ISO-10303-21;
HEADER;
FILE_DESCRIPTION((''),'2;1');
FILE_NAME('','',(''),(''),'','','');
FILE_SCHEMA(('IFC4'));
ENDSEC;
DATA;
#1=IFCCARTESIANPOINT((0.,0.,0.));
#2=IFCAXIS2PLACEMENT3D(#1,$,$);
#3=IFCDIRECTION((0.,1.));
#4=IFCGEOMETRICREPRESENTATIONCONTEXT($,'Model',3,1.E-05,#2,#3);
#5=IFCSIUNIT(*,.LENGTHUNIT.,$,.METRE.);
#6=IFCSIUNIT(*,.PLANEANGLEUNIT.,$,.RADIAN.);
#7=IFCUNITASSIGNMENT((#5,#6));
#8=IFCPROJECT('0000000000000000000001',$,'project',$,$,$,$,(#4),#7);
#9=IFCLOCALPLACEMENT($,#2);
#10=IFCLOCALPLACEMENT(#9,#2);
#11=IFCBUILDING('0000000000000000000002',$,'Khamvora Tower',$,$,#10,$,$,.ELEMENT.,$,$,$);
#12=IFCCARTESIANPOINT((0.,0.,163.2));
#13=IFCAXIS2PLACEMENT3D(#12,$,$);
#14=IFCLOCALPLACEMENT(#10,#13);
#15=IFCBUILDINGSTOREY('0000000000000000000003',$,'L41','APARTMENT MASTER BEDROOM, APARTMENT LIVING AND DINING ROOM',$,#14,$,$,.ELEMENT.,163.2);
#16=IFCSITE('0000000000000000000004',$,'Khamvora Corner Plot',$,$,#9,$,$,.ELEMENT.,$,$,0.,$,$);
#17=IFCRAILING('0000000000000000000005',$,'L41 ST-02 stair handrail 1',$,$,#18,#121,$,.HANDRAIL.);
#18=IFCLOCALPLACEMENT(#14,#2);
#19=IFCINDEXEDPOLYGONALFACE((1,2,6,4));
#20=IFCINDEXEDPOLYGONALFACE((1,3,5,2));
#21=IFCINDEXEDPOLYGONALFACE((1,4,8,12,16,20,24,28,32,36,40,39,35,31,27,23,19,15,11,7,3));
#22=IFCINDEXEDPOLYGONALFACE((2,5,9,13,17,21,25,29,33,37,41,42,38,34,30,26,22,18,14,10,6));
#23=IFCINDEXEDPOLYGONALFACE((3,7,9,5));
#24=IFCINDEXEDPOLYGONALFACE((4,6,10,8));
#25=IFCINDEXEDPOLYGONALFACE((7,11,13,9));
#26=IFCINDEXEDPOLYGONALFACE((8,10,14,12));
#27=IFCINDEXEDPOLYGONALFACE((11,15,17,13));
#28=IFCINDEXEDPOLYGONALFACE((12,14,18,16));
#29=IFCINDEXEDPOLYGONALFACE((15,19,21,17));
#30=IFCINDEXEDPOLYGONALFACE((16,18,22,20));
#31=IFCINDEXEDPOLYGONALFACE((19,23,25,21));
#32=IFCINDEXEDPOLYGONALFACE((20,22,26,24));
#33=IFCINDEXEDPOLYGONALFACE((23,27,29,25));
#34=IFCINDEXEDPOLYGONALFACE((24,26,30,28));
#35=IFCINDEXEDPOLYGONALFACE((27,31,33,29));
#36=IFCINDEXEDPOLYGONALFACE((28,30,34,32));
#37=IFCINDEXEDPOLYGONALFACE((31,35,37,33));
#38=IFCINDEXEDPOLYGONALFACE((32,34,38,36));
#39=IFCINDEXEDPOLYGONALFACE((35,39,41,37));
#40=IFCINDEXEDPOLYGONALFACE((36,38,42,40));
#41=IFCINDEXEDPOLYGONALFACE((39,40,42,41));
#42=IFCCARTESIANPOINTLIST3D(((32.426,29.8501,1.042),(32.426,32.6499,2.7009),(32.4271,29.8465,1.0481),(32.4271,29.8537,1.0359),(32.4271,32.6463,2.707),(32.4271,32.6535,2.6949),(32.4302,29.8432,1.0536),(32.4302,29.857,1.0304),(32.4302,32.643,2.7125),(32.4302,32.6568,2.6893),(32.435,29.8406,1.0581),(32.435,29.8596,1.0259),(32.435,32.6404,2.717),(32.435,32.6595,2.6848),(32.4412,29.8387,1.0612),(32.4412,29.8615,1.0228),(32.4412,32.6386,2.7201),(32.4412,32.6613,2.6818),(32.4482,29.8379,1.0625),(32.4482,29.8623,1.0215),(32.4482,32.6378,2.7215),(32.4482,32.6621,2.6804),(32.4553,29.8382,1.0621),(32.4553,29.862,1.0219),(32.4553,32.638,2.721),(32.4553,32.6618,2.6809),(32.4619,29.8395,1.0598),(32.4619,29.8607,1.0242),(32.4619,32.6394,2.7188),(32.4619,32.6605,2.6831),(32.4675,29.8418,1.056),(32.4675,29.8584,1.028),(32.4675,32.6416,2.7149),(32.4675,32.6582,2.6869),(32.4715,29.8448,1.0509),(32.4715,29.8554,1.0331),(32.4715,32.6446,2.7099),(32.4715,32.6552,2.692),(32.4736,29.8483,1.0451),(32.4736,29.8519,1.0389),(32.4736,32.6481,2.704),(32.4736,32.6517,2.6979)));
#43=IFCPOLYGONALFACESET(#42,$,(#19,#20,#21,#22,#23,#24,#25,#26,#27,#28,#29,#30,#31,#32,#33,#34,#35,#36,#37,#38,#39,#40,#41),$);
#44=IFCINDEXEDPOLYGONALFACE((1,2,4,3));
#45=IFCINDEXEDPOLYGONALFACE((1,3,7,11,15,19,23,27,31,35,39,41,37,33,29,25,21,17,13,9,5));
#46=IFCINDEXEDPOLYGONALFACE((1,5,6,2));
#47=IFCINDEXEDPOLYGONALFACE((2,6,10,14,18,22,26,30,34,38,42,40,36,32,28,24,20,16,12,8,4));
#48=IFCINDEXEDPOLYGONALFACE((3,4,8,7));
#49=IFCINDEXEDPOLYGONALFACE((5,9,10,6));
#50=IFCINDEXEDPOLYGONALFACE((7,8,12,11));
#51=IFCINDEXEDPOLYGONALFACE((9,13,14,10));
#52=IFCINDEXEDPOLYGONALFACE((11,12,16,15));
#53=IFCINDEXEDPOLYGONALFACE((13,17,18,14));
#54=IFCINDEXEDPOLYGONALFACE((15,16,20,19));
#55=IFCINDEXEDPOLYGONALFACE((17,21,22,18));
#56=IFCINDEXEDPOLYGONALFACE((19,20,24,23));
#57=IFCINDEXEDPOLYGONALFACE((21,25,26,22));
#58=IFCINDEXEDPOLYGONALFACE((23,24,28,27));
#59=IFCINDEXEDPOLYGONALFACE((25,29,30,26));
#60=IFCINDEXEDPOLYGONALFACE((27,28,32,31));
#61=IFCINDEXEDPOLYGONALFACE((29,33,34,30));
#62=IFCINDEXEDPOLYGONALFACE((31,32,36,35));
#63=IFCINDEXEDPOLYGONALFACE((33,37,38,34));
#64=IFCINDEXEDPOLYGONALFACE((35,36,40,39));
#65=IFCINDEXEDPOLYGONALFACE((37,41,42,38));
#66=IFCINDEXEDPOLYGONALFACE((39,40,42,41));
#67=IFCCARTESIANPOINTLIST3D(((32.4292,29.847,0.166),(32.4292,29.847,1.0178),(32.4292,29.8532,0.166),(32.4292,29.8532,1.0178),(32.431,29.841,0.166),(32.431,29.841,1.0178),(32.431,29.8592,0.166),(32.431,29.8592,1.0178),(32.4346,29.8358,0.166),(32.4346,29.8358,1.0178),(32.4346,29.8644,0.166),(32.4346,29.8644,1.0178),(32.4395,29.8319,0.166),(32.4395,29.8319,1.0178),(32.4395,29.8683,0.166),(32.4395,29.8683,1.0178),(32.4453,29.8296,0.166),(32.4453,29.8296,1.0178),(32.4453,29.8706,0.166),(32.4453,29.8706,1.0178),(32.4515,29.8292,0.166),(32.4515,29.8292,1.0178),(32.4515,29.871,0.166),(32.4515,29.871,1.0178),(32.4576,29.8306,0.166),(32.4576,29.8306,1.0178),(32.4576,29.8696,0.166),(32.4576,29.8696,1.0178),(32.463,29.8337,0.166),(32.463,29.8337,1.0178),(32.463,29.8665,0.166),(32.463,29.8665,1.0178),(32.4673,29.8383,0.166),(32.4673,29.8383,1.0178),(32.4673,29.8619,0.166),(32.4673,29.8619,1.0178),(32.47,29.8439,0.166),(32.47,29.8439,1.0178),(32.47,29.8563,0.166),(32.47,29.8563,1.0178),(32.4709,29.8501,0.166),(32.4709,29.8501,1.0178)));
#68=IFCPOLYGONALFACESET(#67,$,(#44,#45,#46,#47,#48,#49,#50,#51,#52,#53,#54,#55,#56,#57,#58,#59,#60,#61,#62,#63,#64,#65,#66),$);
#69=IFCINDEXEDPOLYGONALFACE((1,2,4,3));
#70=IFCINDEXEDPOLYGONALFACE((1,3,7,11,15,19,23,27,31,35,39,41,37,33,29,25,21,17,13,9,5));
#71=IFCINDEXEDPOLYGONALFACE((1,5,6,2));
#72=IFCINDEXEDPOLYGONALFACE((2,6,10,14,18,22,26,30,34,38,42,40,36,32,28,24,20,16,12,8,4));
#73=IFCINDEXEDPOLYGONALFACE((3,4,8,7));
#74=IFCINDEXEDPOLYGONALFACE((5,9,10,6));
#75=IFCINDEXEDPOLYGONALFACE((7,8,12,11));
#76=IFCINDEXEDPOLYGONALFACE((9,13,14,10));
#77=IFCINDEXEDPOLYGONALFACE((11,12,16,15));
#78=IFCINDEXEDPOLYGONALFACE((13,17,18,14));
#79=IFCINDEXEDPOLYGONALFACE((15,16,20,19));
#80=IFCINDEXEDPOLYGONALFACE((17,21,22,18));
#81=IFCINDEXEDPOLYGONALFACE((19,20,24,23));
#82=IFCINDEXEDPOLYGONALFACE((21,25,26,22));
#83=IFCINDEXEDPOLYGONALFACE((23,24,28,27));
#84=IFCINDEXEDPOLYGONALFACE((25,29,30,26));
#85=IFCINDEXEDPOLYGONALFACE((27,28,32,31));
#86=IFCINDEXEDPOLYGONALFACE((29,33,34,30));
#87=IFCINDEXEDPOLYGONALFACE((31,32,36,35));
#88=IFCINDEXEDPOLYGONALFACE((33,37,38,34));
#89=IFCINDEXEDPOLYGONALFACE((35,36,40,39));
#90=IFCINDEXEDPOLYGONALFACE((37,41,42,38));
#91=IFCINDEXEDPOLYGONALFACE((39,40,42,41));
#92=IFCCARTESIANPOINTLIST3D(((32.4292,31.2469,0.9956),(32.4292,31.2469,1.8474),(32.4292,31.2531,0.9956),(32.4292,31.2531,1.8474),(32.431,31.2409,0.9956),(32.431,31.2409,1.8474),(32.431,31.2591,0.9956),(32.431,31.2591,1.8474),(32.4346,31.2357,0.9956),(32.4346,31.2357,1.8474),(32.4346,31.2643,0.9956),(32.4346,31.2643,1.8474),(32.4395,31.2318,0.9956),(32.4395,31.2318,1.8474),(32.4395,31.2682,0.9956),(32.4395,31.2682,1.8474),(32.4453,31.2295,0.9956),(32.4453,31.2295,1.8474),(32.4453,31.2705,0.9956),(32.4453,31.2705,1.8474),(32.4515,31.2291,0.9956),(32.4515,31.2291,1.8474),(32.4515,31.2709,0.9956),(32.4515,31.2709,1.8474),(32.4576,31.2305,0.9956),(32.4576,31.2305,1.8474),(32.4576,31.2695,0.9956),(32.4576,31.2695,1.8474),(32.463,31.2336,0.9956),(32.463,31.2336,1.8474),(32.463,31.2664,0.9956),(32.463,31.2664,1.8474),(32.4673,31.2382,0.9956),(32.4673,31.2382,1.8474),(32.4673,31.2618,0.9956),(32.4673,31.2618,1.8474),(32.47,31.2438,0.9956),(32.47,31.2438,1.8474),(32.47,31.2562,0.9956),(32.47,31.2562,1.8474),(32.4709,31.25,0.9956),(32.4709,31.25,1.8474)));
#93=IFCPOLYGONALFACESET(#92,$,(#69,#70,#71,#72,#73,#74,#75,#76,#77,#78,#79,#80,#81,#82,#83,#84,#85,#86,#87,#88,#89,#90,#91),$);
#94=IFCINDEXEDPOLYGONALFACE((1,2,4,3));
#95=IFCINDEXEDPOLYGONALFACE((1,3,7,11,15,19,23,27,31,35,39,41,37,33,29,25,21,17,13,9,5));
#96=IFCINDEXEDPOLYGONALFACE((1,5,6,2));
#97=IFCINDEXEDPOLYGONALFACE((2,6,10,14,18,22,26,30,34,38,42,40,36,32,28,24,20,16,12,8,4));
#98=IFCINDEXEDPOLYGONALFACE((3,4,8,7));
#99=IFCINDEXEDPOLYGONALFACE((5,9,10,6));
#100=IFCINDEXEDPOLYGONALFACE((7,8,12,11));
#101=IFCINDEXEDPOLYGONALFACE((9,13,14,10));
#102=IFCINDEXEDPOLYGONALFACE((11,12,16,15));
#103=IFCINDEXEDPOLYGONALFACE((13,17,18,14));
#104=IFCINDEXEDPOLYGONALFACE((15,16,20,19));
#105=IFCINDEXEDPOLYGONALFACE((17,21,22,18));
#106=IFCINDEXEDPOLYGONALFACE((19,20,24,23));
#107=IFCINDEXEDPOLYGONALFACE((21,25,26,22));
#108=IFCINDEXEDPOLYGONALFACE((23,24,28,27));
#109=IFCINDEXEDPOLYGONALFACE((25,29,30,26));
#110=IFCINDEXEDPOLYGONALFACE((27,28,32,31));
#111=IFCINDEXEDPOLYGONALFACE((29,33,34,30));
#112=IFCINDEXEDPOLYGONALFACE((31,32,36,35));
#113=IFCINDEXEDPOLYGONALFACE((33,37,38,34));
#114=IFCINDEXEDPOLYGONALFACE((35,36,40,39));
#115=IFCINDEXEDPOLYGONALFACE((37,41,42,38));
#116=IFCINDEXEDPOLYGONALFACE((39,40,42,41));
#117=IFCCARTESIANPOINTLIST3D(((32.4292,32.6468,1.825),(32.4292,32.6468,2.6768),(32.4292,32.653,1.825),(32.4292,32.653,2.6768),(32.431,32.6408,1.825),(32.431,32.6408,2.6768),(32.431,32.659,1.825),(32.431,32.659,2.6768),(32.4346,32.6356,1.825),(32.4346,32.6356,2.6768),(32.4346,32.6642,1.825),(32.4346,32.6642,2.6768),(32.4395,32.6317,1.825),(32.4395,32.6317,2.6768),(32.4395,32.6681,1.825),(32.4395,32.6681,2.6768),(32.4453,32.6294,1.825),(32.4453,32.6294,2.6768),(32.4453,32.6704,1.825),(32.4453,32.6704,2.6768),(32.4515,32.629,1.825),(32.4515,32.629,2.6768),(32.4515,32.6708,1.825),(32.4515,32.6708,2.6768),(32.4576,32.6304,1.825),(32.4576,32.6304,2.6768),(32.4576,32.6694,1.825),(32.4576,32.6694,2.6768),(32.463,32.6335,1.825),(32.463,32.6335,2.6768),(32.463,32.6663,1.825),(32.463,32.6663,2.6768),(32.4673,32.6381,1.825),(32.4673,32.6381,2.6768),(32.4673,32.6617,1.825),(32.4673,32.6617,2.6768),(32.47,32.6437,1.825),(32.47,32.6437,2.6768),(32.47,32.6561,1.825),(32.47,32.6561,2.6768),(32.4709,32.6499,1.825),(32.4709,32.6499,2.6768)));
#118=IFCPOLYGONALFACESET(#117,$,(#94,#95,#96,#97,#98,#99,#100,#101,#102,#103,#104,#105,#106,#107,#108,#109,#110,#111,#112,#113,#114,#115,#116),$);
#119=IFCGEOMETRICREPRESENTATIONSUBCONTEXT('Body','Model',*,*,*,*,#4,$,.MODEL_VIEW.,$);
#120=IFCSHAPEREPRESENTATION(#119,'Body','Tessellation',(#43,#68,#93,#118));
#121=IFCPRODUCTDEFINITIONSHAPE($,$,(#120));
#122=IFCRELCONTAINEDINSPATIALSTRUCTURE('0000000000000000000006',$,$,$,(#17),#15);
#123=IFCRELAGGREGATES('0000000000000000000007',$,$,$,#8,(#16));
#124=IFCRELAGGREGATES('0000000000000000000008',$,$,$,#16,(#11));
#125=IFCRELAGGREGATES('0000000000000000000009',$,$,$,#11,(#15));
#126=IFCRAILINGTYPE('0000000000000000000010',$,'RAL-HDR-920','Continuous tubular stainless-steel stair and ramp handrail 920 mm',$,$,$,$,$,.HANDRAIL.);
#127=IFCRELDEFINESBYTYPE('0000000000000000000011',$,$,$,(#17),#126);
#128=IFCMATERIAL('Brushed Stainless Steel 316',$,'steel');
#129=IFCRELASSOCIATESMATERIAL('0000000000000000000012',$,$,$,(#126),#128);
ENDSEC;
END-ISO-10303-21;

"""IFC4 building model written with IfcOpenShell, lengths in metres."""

from ifc_helpers import new_model, si_unit, direction, frame, origin, origin_2d, place, context, subcontext, project, spatial, circle, extrude, material, type_object, element, save


model = new_model("IFC4")

# Units and contexts
model_context = context("Model", 3, precision=1e-05, world=origin(), true_north=direction((0.0, 1.0)))
body_context = subcontext(model_context, "Body", "Model", "MODEL_VIEW")
ifc_project = project(units=[si_unit("LENGTHUNIT", "METRE"), si_unit("PLANEANGLEUNIT", "RADIAN")], contexts=[model_context])

# Site, building, storey
site_placement = place(None, origin())
site = spatial("IfcSite", under=ifc_project, at=site_placement, Name="Khamvora Corner Plot", CompositionType="ELEMENT", RefElevation=0.0)
building_placement = place(site_placement, origin())
building = spatial("IfcBuilding", under=site, at=building_placement, Name="Khamvora Tower", CompositionType="ELEMENT")
storey_placement = place(building_placement, frame((0.0, 0.0, 163.2)))
storey = spatial("IfcBuildingStorey", under=building, at=storey_placement, Name="L41", Description="APARTMENT MASTER BEDROOM, APARTMENT LIVING AND DINING ROOM", CompositionType="ELEMENT", Elevation=163.2)

# Railing
ifc_material_1 = material(Name="Brushed Stainless Steel 316", Category="steel")
railing_type_1 = type_object("IfcRailingType", Name="RAL-HDR-920", Description="Continuous tubular stainless-steel stair and ramp handrail 920 mm", PredefinedType="HANDRAIL", material=ifc_material_1)
railing_1_placement = place(storey_placement, frame((32.45, 29.8501, 0.166)))
element("IfcRailing", 1, at=railing_1_placement, inside=storey, type_object=railing_type_1, Name="L41 ST-02 stair handrail 1", PredefinedType="HANDRAIL", context=body_context, shape_type="SweptSolid", body=[
    extrude(circle(Radius=0.0239, at=origin_2d()), frame((0.0, 0.0, 0.876), z_axis=(0.0, 0.86032, 0.509755), x_axis=(-1.0, 0.0, 0.0)), (0.0, 0.0, 1.0), 3.2544),
    extrude(circle(Radius=0.021, at=origin_2d()), origin(), (0.0, 0.0, 1.0), 0.8518),
    extrude(circle(Radius=0.021, at=origin_2d()), frame((0.0, 1.3999, 0.8296)), (0.0, 0.0, 1.0), 0.8518),
    extrude(circle(Radius=0.021, at=origin_2d()), frame((0.0, 2.7998, 1.6589)), (0.0, 0.0, 1.0), 0.8518),
])

save(model, "model.ifc")
